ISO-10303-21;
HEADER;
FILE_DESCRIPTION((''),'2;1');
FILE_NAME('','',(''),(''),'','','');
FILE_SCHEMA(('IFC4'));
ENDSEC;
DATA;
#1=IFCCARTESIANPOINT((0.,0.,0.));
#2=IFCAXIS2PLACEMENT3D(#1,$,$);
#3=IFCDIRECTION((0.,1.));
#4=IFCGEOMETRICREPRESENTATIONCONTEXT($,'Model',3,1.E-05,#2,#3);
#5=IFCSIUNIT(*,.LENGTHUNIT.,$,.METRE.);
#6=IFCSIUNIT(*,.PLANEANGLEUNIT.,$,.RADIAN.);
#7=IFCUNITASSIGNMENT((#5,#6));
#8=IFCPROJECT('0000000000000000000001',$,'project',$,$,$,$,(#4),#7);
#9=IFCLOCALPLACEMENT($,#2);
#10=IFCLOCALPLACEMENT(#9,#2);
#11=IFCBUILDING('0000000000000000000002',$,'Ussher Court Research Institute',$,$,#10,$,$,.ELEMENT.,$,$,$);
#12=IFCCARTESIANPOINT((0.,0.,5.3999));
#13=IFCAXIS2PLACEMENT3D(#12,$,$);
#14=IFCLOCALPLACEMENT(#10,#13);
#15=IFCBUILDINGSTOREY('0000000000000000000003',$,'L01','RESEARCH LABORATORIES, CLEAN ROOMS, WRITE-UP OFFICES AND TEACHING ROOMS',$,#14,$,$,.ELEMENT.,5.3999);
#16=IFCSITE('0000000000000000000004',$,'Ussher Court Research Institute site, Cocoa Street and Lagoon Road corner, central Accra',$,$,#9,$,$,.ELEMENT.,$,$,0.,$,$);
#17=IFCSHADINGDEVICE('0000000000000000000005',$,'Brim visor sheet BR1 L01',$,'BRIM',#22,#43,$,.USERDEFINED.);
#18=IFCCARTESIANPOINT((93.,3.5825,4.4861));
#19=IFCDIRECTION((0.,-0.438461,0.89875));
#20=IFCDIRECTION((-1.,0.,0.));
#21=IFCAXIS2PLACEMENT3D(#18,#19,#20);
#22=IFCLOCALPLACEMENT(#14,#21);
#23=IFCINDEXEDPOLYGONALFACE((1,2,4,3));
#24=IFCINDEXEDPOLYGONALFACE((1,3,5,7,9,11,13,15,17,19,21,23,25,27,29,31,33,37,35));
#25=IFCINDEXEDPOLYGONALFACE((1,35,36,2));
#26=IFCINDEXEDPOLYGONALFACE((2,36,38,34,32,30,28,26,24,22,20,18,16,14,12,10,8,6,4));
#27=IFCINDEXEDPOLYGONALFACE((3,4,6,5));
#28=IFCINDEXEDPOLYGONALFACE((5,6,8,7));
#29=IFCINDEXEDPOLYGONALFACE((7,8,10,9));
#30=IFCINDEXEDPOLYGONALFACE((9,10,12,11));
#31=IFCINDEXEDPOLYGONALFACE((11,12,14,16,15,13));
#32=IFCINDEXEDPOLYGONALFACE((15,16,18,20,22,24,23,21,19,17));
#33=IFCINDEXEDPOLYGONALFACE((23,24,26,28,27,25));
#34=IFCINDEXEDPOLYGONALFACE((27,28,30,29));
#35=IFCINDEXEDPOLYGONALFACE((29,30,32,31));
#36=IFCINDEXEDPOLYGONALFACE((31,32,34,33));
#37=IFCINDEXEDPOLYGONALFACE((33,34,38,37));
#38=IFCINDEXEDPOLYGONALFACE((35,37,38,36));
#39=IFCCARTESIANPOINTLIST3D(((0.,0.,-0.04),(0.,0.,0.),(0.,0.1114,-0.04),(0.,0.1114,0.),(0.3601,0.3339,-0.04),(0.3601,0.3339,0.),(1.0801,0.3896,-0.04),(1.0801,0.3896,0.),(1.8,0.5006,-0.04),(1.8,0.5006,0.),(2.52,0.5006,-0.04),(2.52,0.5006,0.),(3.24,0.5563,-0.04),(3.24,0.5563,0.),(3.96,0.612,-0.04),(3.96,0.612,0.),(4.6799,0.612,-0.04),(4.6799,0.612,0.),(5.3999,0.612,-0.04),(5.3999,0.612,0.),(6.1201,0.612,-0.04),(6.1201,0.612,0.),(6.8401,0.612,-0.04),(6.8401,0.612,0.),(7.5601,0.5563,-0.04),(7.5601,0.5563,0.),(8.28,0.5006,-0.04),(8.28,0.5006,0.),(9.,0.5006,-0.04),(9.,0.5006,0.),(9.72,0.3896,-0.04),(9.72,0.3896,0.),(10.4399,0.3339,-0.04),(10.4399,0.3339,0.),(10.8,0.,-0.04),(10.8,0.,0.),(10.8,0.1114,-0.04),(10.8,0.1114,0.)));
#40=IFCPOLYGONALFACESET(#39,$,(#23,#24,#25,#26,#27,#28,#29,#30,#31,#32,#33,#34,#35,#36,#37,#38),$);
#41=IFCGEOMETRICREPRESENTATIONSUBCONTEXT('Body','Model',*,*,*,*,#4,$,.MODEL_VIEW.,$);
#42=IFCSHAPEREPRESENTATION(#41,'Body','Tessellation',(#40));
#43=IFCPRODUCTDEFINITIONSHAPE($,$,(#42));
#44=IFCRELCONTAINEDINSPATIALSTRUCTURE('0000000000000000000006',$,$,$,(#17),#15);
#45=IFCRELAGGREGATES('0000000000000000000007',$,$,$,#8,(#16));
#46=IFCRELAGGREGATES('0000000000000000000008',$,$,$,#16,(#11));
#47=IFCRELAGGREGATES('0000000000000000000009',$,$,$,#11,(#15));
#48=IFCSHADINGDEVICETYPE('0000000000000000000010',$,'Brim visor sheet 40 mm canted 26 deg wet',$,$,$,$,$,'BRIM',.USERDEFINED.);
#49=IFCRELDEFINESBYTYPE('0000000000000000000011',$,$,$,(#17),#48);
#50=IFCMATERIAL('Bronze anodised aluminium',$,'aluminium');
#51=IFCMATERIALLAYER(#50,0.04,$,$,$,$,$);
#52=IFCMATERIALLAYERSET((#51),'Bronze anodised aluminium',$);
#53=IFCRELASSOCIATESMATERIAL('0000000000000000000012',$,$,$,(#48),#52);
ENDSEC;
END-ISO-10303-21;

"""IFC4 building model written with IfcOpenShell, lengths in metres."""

from ifc_helpers import new_model, si_unit, direction, frame, origin, place, context, subcontext, project, spatial, polyline, outline, extrude, material, layer, layer_set, type_object, element, save


model = new_model("IFC4")

# Units and contexts
model_context = context("Model", 3, precision=1e-05, world=origin(), true_north=direction((0.0, 1.0)))
body_context = subcontext(model_context, "Body", "Model", "MODEL_VIEW")
ifc_project = project(units=[si_unit("LENGTHUNIT", "METRE"), si_unit("PLANEANGLEUNIT", "RADIAN")], contexts=[model_context])

# Site, building, storey
site_placement = place(None, origin())
site = spatial("IfcSite", under=ifc_project, at=site_placement, Name="Ussher Court Research Institute site, Cocoa Street and Lagoon Road corner, central Accra", CompositionType="ELEMENT", RefElevation=0.0)
building_placement = place(site_placement, origin())
building = spatial("IfcBuilding", under=site, at=building_placement, Name="Ussher Court Research Institute", CompositionType="ELEMENT")
storey_placement = place(building_placement, frame((0.0, 0.0, 5.3999)))
storey = spatial("IfcBuildingStorey", under=building, at=storey_placement, Name="L01", Description="RESEARCH LABORATORIES, CLEAN ROOMS, WRITE-UP OFFICES AND TEACHING ROOMS", CompositionType="ELEMENT", Elevation=5.3999)

# Shading device
ifc_material_1 = material(Name="Bronze anodised aluminium", Category="aluminium")
ifc_layer_1 = layer(ifc_material_1, 0.04)
ifc_layer_set_1 = layer_set([ifc_layer_1], Name="Bronze anodised aluminium")
shading_device_type_1 = type_object("IfcShadingDeviceType", Name="Brim visor sheet 40 mm canted 26 deg wet", ElementType="BRIM", PredefinedType="USERDEFINED", material=ifc_layer_set_1)
shading_device_placement = place(storey_placement, frame((93.0, 3.5825, 4.4861), z_axis=(0.0, -0.438461, 0.89875), x_axis=(-1.0, 0.0, 0.0)))
element("IfcShadingDevice", 1, at=shading_device_placement, inside=storey, type_object=shading_device_type_1, Name="Brim visor sheet BR1 L01", ObjectType="BRIM", PredefinedType="USERDEFINED", context=body_context, shape_type="SweptSolid", body=[
    extrude(outline(polyline([(0.0, 0.0), (10.8, 0.0), (10.8, 0.1114), (10.4399, 0.3339), (9.72, 0.3896), (9.0, 0.5006), (8.28, 0.5006), (7.5601, 0.5563), (6.8401, 0.612), (6.1201, 0.612), (5.3999, 0.612), (4.6799, 0.612), (3.96, 0.612), (3.24, 0.5563), (2.52, 0.5006), (1.8, 0.5006), (1.0801, 0.3896), (0.3601, 0.3339), (0.0, 0.1114), (0.0, 0.0)])), origin(), (0.0, 0.0, -1.0), 0.04),
])

save(model, "model.ifc")
